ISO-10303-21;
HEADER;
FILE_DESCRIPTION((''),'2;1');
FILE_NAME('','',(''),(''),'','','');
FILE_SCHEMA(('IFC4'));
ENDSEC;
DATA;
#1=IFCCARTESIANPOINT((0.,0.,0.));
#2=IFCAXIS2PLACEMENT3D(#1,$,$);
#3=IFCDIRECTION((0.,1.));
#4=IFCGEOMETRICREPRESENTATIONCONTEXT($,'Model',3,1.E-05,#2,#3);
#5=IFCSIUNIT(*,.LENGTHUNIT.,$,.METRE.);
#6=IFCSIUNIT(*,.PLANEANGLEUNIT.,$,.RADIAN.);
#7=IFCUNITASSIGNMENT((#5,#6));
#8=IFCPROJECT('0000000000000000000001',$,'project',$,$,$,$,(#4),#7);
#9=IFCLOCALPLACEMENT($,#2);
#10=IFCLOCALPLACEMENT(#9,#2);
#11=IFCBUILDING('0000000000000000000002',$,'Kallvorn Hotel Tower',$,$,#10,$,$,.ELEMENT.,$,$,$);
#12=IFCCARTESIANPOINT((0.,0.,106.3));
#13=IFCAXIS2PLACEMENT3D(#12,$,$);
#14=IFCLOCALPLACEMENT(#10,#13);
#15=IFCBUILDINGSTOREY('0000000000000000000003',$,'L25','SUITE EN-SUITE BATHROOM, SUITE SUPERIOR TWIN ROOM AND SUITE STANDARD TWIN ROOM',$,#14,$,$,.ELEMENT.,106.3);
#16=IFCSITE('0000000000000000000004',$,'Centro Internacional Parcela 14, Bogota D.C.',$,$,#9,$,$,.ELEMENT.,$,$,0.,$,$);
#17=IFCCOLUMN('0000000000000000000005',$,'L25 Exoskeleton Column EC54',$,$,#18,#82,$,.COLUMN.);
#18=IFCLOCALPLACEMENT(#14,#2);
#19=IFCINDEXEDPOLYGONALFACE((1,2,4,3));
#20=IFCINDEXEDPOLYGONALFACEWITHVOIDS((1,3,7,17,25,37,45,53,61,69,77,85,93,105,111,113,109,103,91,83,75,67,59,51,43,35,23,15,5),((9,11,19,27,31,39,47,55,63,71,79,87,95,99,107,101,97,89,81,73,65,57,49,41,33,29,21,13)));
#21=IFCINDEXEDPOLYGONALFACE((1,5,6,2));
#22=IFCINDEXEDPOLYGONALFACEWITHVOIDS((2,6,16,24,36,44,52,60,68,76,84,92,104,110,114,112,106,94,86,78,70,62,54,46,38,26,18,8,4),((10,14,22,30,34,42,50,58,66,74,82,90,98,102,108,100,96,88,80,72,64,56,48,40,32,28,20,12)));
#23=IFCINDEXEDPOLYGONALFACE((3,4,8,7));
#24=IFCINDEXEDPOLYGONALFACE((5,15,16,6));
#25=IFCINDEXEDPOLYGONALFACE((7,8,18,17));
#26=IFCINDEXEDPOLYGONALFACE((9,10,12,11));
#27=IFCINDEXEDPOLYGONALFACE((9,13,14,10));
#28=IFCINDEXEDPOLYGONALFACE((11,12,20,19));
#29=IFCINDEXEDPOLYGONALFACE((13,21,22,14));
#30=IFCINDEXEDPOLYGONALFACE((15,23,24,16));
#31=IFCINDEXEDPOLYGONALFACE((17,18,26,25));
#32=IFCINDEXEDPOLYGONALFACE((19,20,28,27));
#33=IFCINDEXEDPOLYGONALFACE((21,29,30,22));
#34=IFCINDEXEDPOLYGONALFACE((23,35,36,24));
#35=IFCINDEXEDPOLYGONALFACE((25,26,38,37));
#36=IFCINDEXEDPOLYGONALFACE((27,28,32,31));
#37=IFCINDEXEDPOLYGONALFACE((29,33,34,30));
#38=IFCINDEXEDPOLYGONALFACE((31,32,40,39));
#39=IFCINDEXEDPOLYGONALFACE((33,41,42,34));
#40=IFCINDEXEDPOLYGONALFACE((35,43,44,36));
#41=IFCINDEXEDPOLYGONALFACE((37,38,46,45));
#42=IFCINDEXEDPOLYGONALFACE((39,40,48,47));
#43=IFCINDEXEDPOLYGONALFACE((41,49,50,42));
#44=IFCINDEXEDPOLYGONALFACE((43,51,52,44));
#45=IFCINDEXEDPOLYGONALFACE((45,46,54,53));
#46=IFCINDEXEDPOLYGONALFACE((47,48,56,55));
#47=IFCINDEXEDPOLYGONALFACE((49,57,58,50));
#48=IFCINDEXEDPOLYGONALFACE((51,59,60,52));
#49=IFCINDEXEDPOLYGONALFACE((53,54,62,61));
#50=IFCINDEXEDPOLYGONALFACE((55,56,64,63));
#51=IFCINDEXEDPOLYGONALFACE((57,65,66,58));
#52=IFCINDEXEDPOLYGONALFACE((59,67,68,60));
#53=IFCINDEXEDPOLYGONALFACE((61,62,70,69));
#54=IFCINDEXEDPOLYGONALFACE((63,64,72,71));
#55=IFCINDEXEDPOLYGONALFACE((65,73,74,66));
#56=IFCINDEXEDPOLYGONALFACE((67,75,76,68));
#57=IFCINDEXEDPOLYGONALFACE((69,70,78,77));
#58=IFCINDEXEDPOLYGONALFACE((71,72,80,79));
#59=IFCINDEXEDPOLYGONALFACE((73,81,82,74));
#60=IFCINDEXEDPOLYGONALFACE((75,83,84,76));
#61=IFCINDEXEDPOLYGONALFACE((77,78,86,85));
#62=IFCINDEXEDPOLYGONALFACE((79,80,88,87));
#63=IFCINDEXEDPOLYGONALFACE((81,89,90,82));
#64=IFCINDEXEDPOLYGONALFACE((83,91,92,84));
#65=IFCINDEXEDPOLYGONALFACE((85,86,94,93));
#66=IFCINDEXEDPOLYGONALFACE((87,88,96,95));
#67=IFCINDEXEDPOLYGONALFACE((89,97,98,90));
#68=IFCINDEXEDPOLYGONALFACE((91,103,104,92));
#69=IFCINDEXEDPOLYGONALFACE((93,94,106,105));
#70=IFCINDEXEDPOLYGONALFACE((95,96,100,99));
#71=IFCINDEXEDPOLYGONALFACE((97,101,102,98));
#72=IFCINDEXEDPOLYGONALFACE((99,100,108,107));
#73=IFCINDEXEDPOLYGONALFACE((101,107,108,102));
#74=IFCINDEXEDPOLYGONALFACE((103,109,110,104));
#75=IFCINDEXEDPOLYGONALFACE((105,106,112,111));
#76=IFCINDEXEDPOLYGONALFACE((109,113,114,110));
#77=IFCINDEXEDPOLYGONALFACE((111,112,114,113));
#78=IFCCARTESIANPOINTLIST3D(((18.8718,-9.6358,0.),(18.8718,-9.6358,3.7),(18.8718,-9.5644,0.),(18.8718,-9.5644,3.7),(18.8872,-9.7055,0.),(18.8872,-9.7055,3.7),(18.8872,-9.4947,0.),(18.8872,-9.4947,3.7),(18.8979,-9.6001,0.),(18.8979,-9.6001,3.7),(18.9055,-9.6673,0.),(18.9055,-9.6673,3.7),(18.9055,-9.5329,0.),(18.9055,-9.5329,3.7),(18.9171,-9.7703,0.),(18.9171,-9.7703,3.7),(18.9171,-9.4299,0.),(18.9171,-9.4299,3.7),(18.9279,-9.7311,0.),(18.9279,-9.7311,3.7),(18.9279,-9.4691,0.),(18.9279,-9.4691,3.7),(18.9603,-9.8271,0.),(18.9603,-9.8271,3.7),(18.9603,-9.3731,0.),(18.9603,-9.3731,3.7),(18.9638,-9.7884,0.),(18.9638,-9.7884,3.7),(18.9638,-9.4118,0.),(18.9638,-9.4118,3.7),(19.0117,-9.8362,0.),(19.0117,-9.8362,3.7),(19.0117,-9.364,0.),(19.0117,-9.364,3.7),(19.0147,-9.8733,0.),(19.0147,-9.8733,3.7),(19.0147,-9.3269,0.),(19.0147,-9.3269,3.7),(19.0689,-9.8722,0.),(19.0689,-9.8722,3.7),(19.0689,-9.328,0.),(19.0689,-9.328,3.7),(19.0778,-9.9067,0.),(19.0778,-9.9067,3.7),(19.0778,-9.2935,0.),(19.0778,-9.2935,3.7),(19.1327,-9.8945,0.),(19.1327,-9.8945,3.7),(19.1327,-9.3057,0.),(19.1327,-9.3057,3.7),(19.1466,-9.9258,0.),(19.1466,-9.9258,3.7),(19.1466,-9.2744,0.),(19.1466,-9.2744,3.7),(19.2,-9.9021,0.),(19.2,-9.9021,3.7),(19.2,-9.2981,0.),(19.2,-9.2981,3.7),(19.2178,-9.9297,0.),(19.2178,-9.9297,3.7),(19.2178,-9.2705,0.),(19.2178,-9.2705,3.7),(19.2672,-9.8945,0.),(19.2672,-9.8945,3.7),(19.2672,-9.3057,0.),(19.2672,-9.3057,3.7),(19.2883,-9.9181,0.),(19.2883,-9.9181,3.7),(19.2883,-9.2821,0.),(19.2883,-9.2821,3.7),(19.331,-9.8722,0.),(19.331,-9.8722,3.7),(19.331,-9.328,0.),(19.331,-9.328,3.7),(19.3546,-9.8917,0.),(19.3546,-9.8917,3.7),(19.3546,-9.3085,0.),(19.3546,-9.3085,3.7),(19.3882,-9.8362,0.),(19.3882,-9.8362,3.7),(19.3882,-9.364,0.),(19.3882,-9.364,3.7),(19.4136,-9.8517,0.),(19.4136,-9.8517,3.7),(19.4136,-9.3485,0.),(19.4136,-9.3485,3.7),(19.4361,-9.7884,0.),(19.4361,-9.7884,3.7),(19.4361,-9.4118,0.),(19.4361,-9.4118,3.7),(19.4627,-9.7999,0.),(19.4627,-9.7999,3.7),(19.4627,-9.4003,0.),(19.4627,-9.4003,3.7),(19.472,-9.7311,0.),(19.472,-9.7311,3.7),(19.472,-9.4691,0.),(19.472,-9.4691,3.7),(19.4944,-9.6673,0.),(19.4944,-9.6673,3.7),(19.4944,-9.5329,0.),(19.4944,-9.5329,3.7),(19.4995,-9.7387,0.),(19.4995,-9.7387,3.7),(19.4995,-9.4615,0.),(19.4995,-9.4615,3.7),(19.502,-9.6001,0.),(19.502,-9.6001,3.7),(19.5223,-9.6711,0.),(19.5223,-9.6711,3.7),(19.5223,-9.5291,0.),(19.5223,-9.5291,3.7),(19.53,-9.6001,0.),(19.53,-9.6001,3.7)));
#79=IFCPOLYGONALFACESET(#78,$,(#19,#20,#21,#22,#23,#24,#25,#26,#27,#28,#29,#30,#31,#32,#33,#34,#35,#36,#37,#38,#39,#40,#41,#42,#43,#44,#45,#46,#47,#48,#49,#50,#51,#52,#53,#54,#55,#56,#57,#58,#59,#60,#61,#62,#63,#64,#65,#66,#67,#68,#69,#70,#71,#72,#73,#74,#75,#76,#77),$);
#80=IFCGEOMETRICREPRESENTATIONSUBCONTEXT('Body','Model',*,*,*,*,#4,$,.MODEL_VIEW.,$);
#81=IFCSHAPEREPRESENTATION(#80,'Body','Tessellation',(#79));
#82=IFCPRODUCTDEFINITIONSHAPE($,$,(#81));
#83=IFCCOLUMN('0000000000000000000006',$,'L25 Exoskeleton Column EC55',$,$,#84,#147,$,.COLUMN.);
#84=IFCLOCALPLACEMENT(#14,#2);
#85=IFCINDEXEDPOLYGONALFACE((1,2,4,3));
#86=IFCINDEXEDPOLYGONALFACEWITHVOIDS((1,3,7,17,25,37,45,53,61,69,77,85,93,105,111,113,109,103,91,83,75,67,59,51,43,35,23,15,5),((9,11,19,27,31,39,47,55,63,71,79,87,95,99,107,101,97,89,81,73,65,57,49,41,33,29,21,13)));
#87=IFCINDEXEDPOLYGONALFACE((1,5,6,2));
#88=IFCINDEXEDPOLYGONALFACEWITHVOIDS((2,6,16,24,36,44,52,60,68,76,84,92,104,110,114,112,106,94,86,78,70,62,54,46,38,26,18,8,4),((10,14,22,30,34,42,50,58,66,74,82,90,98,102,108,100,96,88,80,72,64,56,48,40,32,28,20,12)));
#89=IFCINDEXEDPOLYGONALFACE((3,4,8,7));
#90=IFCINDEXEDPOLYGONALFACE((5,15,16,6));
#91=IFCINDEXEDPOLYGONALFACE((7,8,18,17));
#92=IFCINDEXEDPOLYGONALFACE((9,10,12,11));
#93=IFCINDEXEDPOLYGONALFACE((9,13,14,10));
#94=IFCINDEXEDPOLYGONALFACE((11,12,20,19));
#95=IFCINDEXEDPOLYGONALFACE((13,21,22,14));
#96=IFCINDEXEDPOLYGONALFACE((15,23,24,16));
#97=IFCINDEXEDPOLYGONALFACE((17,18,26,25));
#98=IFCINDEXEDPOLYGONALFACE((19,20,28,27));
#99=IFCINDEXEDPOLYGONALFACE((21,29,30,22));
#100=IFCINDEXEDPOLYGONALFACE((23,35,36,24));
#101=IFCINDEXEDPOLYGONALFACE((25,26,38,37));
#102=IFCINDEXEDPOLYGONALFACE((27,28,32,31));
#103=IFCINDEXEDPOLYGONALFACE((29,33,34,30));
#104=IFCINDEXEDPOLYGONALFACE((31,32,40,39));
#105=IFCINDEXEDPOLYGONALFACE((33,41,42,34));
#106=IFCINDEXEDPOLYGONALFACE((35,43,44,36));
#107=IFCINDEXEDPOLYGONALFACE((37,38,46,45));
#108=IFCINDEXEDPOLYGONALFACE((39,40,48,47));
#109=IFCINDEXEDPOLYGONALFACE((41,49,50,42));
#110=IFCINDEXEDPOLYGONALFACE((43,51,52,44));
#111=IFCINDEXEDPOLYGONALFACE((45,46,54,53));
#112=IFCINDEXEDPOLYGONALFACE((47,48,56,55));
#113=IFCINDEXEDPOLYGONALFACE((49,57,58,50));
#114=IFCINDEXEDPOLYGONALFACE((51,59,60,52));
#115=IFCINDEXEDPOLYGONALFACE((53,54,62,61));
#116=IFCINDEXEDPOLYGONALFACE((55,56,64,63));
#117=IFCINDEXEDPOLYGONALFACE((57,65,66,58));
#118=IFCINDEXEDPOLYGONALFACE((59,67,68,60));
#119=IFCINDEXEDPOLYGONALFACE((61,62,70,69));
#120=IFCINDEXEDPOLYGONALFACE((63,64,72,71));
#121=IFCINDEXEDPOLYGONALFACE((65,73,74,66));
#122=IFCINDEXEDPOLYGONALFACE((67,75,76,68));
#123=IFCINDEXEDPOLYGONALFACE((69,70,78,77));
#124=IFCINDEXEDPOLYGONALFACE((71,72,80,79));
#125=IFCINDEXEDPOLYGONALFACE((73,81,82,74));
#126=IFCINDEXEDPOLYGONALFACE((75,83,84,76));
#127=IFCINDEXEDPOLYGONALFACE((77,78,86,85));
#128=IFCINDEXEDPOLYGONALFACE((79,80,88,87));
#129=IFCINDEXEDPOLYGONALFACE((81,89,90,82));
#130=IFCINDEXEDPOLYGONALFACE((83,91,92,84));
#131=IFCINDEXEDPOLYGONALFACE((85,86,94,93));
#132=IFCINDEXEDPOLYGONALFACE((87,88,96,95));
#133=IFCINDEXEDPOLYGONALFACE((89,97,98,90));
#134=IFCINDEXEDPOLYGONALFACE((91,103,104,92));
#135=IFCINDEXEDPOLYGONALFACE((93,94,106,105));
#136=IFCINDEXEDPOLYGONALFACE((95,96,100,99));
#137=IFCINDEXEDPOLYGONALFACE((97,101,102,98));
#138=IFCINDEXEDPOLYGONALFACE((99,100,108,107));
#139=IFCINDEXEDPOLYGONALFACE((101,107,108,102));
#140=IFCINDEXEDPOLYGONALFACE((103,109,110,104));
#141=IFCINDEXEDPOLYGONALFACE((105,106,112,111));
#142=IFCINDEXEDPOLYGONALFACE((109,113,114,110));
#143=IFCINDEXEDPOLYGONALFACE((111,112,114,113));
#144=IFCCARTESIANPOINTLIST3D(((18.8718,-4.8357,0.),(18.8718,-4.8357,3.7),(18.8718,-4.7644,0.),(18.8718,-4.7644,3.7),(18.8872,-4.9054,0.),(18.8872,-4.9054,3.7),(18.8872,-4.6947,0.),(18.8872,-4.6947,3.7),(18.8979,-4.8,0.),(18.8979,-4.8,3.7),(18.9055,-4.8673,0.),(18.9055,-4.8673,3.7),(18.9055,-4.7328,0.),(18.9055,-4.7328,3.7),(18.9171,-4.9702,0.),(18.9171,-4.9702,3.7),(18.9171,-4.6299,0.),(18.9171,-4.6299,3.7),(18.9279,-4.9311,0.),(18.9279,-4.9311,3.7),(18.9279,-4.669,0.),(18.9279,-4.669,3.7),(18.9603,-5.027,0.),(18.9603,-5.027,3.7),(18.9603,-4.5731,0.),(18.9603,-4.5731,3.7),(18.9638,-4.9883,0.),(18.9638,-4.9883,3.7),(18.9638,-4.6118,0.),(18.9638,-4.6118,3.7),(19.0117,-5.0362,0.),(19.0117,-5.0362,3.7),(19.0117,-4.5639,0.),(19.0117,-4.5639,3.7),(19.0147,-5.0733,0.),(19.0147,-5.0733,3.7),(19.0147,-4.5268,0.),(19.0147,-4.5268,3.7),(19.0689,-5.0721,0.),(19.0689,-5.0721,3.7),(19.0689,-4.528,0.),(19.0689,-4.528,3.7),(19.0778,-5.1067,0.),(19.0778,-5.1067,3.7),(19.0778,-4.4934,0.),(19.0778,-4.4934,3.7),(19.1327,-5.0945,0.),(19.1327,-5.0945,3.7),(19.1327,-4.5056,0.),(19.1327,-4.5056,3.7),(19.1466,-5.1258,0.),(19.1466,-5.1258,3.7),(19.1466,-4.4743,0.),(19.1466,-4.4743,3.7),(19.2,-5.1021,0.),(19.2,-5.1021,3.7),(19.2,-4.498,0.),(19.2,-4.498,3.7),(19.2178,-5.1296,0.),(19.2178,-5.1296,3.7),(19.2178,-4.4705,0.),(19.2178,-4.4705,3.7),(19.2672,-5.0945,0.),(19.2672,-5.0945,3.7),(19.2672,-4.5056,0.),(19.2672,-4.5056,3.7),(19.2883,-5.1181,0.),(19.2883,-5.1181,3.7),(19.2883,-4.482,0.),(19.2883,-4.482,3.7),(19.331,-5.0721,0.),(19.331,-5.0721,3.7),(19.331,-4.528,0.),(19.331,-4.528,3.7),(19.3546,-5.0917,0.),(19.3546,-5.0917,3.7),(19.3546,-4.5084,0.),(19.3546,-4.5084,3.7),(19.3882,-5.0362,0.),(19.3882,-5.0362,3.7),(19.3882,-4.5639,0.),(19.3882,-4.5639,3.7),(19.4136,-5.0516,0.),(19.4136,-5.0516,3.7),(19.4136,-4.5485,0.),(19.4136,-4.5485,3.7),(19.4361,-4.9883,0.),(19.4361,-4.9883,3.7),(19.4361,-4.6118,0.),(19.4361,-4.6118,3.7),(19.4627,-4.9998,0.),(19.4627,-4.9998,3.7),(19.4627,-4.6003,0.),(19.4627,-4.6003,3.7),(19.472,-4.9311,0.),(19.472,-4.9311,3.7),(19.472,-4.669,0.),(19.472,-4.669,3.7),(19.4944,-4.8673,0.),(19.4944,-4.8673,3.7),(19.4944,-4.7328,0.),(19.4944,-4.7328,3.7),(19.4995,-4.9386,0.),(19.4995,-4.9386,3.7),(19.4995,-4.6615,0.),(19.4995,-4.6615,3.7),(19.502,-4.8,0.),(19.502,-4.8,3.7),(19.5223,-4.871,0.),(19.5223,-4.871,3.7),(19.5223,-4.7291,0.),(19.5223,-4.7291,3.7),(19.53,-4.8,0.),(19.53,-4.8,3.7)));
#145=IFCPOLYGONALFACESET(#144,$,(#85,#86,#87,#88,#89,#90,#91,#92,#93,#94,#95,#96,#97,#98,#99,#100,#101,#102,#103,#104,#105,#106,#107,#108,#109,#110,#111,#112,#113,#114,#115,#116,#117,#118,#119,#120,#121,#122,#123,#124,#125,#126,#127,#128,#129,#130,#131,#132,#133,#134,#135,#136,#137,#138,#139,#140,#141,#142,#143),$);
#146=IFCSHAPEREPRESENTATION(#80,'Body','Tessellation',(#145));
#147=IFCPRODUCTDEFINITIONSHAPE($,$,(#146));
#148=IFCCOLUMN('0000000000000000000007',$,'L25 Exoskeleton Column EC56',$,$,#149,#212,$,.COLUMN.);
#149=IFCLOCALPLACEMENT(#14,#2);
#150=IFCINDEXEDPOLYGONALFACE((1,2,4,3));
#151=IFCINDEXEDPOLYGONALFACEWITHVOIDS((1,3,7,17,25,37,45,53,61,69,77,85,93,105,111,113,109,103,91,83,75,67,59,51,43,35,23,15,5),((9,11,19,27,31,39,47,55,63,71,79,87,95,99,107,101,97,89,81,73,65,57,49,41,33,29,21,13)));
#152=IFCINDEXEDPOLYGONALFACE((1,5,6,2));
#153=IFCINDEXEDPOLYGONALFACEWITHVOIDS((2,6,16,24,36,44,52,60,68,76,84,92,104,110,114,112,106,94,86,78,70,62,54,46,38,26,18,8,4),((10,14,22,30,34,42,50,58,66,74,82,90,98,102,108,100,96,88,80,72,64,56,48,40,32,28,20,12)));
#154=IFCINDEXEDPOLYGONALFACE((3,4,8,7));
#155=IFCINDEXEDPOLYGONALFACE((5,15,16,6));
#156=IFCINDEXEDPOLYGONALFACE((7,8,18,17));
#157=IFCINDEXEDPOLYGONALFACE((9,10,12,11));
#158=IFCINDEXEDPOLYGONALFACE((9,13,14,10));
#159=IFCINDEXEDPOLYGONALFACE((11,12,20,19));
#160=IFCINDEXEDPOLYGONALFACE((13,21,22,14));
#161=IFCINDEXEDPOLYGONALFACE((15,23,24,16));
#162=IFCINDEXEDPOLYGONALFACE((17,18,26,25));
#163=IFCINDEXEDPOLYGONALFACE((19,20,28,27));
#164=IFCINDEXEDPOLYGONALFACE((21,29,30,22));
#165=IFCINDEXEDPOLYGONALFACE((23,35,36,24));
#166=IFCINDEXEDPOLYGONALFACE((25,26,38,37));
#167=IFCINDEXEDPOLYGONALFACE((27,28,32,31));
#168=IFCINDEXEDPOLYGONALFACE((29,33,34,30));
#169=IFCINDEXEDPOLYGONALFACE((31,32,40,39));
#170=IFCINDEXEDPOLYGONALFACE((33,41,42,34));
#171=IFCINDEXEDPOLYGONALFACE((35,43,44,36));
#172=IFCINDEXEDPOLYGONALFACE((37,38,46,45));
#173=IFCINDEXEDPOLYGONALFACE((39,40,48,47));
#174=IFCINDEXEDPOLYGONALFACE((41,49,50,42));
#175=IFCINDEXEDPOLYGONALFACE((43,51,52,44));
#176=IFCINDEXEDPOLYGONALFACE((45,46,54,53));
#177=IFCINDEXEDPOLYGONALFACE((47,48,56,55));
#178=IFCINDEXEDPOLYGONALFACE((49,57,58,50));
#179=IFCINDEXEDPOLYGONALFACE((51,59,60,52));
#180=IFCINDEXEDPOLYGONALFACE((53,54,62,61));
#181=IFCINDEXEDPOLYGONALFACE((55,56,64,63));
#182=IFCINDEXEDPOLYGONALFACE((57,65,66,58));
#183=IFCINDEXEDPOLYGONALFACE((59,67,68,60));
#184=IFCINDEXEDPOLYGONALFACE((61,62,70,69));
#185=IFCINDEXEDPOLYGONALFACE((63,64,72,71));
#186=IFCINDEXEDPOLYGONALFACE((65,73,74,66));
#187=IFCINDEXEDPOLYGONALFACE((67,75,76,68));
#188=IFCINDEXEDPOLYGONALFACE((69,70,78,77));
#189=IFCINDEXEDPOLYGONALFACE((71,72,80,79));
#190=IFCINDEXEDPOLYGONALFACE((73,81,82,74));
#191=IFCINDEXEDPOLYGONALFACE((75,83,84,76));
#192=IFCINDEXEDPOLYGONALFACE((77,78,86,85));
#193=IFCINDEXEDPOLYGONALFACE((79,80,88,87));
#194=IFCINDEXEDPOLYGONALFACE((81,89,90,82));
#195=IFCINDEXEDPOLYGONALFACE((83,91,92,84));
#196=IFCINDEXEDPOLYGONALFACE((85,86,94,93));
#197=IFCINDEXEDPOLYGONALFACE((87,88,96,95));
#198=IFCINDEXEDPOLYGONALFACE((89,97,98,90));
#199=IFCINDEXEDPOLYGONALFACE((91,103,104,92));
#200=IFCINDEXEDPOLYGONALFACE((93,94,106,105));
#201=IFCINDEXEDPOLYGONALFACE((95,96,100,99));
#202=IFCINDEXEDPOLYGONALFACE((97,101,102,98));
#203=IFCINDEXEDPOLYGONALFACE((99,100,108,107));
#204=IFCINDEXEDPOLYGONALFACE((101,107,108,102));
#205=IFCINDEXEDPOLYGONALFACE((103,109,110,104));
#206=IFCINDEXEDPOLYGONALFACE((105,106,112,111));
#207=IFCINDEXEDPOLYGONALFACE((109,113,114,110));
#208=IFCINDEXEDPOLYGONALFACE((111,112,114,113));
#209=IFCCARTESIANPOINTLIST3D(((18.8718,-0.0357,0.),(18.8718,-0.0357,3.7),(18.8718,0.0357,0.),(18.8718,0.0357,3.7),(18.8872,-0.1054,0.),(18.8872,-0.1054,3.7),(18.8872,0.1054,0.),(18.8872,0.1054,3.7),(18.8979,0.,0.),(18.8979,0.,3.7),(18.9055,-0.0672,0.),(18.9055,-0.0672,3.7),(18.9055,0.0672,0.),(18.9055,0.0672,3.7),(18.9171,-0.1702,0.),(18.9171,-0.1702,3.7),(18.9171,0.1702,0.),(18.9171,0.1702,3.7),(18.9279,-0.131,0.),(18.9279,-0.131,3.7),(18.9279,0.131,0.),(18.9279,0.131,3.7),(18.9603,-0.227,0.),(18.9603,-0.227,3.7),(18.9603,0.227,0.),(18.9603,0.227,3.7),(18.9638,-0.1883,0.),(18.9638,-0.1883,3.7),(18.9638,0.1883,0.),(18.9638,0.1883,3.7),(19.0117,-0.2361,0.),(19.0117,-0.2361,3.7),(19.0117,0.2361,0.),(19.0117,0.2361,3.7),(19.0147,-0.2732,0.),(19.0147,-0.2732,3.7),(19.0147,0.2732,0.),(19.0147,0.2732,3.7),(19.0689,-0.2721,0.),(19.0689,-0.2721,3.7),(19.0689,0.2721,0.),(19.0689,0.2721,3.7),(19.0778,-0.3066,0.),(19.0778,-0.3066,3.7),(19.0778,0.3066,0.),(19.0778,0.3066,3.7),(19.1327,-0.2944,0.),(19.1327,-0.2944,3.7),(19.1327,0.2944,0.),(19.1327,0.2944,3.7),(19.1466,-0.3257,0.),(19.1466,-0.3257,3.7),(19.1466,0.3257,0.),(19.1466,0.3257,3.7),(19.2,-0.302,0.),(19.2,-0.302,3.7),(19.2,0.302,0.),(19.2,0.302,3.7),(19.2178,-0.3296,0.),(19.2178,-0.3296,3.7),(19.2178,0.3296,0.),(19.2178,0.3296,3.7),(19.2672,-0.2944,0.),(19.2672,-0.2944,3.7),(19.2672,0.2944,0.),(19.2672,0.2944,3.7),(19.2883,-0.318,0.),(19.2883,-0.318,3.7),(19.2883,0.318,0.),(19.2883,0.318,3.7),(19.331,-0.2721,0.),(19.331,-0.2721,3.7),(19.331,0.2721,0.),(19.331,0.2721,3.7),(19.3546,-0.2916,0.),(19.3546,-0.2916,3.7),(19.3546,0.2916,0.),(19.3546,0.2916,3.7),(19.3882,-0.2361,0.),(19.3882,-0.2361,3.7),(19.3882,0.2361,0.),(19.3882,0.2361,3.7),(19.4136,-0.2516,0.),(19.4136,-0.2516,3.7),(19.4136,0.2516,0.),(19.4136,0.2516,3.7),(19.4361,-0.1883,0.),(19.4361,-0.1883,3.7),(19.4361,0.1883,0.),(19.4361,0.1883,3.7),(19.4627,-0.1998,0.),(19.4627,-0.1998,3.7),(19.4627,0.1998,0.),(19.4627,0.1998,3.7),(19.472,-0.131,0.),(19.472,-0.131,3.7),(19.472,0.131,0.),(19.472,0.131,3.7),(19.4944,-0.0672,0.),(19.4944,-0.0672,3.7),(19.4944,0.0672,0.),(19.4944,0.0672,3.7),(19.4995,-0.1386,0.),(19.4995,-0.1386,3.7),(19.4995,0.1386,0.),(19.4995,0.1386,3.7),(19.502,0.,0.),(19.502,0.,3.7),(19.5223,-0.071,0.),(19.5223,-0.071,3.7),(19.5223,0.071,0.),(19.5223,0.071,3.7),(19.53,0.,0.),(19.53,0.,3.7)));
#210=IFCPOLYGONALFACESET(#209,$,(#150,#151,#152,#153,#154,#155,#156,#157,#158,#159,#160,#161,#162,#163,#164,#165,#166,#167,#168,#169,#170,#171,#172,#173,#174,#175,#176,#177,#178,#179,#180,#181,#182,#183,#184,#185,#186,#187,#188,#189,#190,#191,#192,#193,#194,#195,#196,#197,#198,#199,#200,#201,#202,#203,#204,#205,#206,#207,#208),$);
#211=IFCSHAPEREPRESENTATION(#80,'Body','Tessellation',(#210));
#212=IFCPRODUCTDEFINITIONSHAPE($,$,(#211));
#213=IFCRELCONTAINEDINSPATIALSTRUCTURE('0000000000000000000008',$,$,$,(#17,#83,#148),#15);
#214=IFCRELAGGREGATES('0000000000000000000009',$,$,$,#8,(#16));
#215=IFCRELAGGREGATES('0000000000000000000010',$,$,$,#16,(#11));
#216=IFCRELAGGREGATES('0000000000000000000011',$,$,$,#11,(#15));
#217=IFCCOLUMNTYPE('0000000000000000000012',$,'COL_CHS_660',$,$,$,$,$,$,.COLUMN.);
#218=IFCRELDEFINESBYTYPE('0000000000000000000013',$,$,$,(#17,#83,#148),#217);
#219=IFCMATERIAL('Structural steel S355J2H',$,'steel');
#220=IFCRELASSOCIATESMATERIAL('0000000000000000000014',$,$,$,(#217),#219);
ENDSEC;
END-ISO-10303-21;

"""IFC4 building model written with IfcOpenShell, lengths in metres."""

from ifc_helpers import new_model, si_unit, direction, frame, origin, origin_2d, place, context, subcontext, project, spatial, hollow_circle, extrude, material, material_profile, profile_set, type_object, element, save


model = new_model("IFC4")

# Units and contexts
model_context = context("Model", 3, precision=1e-05, world=origin(), true_north=direction((0.0, 1.0)))
body_context = subcontext(model_context, "Body", "Model", "MODEL_VIEW")
ifc_project = project(units=[si_unit("LENGTHUNIT", "METRE"), si_unit("PLANEANGLEUNIT", "RADIAN")], contexts=[model_context])

# Site, building, storey
site_placement = place(None, origin())
site = spatial("IfcSite", under=ifc_project, at=site_placement, Name="Centro Internacional Parcela 14, Bogota D.C.", CompositionType="ELEMENT", RefElevation=0.0)
building_placement = place(site_placement, origin())
building = spatial("IfcBuilding", under=site, at=building_placement, Name="Kallvorn Hotel Tower", CompositionType="ELEMENT")
storey_placement = place(building_placement, frame((0.0, 0.0, 106.3)))
storey = spatial("IfcBuildingStorey", under=building, at=storey_placement, Name="L25", Description="SUITE EN-SUITE BATHROOM, SUITE SUPERIOR TWIN ROOM AND SUITE STANDARD TWIN ROOM", CompositionType="ELEMENT", Elevation=106.3)

# Columns
ifc_material_1 = material(Name="Structural steel S355J2H", Category="steel")
ifc_material_profile_1 = material_profile(ifc_material_1, hollow_circle(Radius=0.3301, WallThickness=0.0281, at=origin_2d()), Name="CHS 660x28")
ifc_profile_set_1 = profile_set([ifc_material_profile_1], Name="Structural steel S355J2H")
column_type_1 = type_object("IfcColumnType", Name="COL_CHS_660", PredefinedType="COLUMN", material=ifc_profile_set_1)
for number, where, z_axis, x_axis, name in (
    (1, (19.2, -9.6001, 0.0), (0.0, 0.0, 1.0), (1.0, 0.0, 0.0), "L25 Exoskeleton Column EC54"),
    (2, (19.2, -4.8, 0.0), (0.0, 0.0, 1.0), (1.0, 0.0, 0.0), "L25 Exoskeleton Column EC55"),
    (3, (19.2, 0.0, 0.0), (0.0, 0.0, 1.0), (1.0, 0.0, 0.0), "L25 Exoskeleton Column EC56"),
):
    element("IfcColumn", number, at=place(storey_placement, frame(where, z_axis=z_axis, x_axis=x_axis)), inside=storey, type_object=column_type_1, Name=name, PredefinedType="COLUMN", context=body_context, shape_type="SweptSolid", body=[
        extrude(hollow_circle(Radius=0.3301, WallThickness=0.0281, at=origin_2d()), origin(), (0.0, 0.0, 1.0), 3.7),
    ])

save(model, "model.ifc")
